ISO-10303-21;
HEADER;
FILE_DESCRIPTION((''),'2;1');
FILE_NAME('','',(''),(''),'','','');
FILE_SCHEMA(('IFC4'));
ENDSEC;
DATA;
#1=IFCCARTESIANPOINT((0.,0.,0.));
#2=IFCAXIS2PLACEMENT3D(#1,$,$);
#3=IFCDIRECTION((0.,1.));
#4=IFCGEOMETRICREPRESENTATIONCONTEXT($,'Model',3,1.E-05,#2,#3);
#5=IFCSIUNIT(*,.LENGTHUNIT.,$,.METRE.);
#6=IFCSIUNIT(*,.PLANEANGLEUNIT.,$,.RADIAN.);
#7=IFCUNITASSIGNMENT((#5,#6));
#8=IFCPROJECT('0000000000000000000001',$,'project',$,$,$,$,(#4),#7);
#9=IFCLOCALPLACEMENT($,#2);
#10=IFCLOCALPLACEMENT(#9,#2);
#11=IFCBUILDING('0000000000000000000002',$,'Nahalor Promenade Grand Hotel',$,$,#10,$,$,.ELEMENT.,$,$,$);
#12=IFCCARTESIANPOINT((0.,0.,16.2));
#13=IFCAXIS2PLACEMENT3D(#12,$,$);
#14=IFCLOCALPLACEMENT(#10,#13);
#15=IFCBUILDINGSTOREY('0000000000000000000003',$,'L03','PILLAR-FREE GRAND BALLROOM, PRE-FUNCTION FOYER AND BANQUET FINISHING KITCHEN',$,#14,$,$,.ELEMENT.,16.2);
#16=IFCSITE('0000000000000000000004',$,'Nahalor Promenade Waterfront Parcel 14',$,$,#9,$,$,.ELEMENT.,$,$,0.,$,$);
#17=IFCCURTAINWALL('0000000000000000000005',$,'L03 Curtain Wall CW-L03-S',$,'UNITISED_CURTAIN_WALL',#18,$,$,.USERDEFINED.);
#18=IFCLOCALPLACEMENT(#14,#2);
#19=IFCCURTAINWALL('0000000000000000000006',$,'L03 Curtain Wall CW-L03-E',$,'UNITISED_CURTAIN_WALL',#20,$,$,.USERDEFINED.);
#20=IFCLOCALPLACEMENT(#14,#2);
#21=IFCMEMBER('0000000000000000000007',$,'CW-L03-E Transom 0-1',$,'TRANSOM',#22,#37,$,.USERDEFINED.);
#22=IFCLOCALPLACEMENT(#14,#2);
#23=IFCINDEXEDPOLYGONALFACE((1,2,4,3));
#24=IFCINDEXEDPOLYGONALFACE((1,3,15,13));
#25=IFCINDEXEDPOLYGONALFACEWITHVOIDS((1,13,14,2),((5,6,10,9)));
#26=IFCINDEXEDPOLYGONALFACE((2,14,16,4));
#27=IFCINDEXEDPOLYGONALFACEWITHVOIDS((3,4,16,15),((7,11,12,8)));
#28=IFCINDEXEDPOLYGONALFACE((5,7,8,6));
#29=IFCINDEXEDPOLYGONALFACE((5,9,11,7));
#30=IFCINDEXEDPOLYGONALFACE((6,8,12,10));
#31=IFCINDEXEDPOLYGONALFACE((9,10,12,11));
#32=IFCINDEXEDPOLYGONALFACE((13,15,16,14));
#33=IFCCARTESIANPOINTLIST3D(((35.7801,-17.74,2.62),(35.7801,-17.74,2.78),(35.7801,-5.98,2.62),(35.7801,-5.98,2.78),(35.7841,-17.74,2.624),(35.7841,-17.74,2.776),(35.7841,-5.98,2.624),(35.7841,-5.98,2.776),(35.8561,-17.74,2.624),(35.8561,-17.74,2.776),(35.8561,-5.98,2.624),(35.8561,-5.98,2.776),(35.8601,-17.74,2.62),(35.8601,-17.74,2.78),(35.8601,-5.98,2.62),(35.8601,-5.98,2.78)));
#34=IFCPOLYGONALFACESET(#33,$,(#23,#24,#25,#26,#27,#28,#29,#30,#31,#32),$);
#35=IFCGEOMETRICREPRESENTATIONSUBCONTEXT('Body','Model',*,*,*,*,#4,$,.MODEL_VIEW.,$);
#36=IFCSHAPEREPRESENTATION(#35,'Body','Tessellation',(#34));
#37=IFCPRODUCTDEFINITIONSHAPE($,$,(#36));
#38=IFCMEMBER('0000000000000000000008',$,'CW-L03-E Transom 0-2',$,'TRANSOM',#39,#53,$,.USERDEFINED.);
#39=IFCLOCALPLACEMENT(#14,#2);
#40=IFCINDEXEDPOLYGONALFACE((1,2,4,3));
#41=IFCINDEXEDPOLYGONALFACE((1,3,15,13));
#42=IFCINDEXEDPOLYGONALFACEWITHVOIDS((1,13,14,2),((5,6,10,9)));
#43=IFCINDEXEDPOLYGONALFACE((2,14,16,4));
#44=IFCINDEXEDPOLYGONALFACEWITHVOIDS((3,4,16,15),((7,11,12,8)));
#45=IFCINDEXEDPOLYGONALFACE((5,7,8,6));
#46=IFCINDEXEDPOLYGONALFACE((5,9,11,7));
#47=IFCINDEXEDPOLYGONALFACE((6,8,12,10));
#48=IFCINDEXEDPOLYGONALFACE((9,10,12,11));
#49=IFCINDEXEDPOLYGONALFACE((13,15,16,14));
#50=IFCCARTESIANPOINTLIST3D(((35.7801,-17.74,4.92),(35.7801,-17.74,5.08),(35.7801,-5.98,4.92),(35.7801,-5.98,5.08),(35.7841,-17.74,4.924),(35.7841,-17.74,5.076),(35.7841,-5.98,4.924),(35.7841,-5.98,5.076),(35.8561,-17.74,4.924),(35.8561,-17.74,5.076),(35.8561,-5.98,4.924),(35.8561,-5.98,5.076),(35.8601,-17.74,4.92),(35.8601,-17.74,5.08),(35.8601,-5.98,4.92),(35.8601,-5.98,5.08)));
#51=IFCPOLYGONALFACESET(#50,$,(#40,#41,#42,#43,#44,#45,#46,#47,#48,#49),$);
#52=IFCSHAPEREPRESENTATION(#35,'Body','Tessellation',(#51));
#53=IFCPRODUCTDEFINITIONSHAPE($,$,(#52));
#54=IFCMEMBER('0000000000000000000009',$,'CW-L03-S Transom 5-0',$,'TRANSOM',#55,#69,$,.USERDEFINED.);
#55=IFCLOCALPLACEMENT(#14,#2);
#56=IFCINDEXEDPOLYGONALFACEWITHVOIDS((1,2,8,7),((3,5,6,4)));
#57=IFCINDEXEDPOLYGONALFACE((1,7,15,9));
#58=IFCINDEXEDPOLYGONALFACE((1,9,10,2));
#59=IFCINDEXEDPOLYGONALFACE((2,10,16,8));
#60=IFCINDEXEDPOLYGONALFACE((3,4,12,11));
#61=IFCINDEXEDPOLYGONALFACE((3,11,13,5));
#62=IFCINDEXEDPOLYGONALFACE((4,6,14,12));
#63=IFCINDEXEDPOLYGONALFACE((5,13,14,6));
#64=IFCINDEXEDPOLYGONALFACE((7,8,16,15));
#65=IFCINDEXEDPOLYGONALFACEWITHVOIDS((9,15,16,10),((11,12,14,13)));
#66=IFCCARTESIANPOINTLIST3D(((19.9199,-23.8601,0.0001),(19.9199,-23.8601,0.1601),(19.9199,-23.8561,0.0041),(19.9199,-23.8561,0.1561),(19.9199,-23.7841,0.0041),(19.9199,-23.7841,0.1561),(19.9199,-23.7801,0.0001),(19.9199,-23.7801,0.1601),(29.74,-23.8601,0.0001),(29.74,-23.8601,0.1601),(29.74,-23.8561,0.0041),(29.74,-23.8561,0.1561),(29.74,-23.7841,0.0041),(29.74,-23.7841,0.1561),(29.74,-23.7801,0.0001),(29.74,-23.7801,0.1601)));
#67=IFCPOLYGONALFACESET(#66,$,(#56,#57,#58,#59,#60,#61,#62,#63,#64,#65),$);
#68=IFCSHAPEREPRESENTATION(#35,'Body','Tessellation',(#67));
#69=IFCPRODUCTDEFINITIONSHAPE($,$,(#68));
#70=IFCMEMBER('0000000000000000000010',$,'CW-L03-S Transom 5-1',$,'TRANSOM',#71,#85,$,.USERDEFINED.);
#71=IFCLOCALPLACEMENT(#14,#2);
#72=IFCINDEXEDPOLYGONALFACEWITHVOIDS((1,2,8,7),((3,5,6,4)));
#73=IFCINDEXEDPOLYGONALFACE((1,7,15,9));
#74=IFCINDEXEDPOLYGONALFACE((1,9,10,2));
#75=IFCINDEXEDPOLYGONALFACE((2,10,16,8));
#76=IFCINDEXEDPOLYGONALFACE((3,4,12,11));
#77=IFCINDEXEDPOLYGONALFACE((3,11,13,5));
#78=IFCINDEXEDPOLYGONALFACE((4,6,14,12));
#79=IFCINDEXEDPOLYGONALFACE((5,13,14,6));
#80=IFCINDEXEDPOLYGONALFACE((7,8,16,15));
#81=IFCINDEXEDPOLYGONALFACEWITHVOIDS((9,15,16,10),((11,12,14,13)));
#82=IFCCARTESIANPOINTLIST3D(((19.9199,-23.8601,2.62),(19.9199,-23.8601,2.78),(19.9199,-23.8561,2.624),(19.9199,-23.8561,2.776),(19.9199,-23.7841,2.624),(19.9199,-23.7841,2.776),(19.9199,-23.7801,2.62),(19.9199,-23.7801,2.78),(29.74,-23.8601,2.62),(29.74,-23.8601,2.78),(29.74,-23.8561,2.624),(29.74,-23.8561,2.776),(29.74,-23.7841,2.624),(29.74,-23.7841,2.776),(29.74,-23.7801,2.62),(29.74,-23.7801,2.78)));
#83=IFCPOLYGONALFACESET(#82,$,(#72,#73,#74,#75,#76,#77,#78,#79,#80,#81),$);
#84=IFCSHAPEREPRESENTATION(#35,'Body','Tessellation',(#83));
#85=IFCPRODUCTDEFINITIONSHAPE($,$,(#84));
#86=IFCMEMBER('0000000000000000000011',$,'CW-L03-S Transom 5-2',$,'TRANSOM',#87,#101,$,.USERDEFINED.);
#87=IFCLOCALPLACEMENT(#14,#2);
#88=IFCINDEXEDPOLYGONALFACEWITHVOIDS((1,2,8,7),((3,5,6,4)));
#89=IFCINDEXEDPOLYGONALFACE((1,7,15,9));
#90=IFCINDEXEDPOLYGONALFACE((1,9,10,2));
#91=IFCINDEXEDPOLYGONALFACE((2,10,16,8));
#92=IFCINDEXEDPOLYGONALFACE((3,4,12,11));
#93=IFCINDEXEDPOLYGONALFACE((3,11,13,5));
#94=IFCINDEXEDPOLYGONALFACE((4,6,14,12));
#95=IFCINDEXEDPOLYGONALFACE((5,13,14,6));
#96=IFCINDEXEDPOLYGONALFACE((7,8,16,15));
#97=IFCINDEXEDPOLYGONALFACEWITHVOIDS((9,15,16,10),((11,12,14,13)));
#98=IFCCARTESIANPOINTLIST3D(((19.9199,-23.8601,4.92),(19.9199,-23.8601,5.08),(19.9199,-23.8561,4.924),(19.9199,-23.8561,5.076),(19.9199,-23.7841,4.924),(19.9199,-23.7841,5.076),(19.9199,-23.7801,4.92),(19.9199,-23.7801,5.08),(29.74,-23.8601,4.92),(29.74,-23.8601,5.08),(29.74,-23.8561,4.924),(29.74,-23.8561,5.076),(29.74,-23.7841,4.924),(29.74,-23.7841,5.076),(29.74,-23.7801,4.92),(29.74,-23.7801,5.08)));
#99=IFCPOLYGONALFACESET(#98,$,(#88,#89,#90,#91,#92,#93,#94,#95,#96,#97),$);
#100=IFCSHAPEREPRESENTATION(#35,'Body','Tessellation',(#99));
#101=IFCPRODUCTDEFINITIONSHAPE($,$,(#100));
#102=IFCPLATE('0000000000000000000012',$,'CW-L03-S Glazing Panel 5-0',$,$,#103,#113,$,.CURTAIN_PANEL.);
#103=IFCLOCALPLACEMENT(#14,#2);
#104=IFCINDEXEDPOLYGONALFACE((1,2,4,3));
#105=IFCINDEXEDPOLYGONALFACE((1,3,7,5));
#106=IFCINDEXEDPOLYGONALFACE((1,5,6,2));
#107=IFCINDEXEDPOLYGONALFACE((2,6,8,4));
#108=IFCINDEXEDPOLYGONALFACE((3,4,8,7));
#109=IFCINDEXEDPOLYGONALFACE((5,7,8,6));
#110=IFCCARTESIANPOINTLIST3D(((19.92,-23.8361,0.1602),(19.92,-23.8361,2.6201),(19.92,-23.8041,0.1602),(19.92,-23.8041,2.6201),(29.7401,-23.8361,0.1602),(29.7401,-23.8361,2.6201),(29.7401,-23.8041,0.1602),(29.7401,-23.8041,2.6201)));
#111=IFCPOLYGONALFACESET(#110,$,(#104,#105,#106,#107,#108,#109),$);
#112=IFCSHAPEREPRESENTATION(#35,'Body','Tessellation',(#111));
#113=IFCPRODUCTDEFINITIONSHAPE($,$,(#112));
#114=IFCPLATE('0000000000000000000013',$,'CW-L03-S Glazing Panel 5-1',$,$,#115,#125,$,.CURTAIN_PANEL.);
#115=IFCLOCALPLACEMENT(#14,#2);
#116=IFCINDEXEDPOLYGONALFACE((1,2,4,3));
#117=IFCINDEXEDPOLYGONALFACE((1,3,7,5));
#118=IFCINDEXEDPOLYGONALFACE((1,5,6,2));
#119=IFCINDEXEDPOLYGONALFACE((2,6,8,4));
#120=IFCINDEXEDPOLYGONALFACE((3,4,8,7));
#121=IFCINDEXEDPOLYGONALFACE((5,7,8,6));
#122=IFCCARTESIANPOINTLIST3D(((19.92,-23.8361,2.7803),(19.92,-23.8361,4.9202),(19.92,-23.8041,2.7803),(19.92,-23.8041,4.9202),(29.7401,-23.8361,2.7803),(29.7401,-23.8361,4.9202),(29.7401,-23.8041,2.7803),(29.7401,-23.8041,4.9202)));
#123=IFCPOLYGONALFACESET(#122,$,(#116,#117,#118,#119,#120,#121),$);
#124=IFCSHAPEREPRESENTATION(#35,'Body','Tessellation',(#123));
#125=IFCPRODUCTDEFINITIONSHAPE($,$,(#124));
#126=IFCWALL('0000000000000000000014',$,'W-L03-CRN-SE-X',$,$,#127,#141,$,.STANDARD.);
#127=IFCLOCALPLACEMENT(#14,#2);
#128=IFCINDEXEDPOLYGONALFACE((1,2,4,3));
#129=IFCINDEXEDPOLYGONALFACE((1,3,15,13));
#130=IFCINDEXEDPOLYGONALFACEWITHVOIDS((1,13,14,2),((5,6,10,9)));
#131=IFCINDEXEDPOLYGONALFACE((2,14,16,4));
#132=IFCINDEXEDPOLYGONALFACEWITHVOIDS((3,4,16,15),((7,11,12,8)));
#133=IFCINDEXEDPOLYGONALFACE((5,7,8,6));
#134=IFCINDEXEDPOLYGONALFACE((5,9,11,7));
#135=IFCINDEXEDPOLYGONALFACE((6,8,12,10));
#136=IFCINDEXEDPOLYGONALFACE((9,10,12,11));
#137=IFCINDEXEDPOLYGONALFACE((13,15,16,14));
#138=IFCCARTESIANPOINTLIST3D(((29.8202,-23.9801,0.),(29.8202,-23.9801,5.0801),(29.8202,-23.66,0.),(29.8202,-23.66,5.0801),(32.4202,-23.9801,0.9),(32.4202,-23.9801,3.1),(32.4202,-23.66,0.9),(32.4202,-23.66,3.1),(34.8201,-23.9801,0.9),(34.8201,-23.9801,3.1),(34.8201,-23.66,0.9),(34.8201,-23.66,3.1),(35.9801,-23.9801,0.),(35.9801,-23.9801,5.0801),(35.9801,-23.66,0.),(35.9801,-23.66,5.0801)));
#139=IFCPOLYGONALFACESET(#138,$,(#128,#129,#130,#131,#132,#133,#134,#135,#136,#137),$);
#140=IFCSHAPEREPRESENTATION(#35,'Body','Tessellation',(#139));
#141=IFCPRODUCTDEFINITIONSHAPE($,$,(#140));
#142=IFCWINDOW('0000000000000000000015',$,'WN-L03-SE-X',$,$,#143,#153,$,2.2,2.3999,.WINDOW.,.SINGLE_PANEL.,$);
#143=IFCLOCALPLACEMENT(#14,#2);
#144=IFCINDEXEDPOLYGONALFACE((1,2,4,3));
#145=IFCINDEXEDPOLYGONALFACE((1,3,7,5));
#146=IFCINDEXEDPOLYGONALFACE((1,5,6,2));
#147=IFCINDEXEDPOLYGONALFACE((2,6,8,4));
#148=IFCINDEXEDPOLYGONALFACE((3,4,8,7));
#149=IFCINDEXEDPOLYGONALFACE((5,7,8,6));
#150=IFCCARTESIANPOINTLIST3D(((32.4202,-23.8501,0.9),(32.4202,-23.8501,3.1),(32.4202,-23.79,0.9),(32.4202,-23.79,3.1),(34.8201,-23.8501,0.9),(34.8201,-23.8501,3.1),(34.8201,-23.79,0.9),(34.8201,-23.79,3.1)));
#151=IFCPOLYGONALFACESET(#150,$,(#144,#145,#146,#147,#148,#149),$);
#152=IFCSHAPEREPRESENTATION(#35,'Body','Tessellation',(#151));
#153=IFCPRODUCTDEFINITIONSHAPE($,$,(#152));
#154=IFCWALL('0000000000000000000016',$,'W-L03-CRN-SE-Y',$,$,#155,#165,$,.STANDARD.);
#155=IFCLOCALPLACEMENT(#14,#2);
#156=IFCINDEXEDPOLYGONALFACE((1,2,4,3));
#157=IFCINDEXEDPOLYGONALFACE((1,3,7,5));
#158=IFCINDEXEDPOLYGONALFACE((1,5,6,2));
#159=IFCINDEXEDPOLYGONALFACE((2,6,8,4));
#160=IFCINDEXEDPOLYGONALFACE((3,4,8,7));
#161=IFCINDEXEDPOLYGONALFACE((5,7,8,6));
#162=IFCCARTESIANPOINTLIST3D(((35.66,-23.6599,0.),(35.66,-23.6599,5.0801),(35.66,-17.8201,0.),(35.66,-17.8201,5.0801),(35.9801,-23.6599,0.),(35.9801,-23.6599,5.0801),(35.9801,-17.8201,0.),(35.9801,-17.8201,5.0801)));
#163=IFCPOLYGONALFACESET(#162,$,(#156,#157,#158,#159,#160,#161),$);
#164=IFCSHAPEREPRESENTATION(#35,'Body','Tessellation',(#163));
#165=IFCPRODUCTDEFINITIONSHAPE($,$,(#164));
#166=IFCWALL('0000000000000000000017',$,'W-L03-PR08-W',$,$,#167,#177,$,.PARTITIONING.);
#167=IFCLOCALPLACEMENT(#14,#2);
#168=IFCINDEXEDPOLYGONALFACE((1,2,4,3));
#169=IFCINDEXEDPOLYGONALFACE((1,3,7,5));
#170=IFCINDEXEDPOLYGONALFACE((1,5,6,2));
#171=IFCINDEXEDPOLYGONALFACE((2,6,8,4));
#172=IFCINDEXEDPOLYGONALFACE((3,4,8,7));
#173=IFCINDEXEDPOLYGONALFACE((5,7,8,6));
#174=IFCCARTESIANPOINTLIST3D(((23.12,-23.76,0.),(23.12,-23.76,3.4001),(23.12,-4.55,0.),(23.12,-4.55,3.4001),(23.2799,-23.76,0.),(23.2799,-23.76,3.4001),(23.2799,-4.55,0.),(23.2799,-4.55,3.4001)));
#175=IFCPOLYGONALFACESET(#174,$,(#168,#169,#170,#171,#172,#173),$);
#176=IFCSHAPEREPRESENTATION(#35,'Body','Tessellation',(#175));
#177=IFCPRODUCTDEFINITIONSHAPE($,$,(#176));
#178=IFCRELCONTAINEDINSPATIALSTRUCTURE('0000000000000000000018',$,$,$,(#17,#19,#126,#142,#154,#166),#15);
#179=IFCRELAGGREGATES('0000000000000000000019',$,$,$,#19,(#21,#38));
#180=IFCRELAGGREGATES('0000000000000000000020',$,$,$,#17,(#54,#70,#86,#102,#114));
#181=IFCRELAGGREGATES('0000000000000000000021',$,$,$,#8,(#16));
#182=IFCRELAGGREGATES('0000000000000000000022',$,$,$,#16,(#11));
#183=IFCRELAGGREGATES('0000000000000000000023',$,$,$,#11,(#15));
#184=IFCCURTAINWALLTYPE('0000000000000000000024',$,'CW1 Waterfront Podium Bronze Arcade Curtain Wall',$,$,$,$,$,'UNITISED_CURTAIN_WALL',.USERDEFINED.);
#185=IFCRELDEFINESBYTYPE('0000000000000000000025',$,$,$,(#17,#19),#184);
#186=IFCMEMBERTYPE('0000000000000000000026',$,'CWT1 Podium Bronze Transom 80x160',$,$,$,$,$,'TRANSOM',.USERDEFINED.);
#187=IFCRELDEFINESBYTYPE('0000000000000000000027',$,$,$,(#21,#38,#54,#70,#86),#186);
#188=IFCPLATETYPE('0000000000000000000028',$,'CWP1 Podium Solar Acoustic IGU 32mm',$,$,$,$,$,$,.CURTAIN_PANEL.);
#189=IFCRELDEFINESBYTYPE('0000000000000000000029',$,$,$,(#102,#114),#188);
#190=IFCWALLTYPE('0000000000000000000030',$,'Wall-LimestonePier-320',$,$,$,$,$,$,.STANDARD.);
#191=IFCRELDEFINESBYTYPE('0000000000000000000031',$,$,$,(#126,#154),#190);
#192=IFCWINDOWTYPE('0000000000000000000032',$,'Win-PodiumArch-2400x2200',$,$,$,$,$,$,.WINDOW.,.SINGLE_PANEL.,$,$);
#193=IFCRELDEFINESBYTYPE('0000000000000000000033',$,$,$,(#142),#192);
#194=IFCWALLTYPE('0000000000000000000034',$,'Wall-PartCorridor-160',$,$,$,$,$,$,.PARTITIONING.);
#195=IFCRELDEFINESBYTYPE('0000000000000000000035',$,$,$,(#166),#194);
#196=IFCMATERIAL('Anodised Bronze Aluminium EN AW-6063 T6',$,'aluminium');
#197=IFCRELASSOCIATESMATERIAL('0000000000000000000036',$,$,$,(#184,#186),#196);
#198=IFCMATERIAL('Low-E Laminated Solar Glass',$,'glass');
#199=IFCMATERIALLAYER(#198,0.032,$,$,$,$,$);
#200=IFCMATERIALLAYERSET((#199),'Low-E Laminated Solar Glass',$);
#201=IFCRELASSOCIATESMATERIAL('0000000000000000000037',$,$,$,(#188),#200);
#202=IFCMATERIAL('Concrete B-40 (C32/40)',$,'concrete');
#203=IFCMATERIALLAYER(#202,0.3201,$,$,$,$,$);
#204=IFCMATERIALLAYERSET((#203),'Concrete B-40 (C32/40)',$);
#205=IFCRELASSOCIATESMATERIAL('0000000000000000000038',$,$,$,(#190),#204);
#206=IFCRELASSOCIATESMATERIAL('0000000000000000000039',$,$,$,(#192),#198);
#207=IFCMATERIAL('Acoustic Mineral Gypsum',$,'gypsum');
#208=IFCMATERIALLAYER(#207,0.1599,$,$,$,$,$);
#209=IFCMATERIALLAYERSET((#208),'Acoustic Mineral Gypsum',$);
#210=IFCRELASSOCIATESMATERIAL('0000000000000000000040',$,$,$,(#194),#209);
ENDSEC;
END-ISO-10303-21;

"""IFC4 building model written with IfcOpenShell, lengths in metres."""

from ifc_helpers import new_model, si_unit, direction, frame, frame_2d, origin, origin_2d, place, context, subcontext, project, spatial, rectangle, hollow_rectangle, extrude, source, transform, mapped, material, layer, layer_set, material_profile, profile_set, type_object, element, fill, aggregate, save


model = new_model("IFC4")

# Units and contexts
model_context = context("Model", 3, precision=1e-05, world=origin(), true_north=direction((0.0, 1.0)))
body_context = subcontext(model_context, "Body", "Model", "MODEL_VIEW")
ifc_project = project(units=[si_unit("LENGTHUNIT", "METRE"), si_unit("PLANEANGLEUNIT", "RADIAN")], contexts=[model_context])

# Site, building, storey
site_placement = place(None, origin())
site = spatial("IfcSite", under=ifc_project, at=site_placement, Name="Nahalor Promenade Waterfront Parcel 14", CompositionType="ELEMENT", RefElevation=0.0)
building_placement = place(site_placement, origin())
building = spatial("IfcBuilding", under=site, at=building_placement, Name="Nahalor Promenade Grand Hotel", CompositionType="ELEMENT")
storey_placement = place(building_placement, frame((0.0, 0.0, 16.2)))
storey = spatial("IfcBuildingStorey", under=building, at=storey_placement, Name="L03", Description="PILLAR-FREE GRAND BALLROOM, PRE-FUNCTION FOYER AND BANQUET FINISHING KITCHEN", CompositionType="ELEMENT", Elevation=16.2)

# Curtain walls, members
ifc_material_1 = material(Name="Anodised Bronze Aluminium EN AW-6063 T6", Category="aluminium")
curtain_wall_type = type_object("IfcCurtainWallType", Name="CW1 Waterfront Podium Bronze Arcade Curtain Wall", ElementType="UNITISED_CURTAIN_WALL", PredefinedType="USERDEFINED", material=ifc_material_1)
curtain_wall_1_placement = place(storey_placement, origin())
curtain_wall_1 = element("IfcCurtainWall", 1, at=curtain_wall_1_placement, inside=storey, type_object=curtain_wall_type, Name="L03 Curtain Wall CW-L03-S", ObjectType="UNITISED_CURTAIN_WALL", PredefinedType="USERDEFINED")
curtain_wall_2_placement = place(storey_placement, origin())
curtain_wall_2 = element("IfcCurtainWall", 2, at=curtain_wall_2_placement, inside=storey, type_object=curtain_wall_type, Name="L03 Curtain Wall CW-L03-E", ObjectType="UNITISED_CURTAIN_WALL", PredefinedType="USERDEFINED")
ifc_material_profile_1 = material_profile(ifc_material_1, hollow_rectangle(XDim=0.08, YDim=0.16, WallThickness=0.004, at=origin_2d()), Name="CWT 80x160x4")
ifc_profile_set_1 = profile_set([ifc_material_profile_1], Name="Anodised Bronze Aluminium EN AW-6063 T6")
member_type_1 = type_object("IfcMemberType", Name="CWT1 Podium Bronze Transom 80x160", ElementType="TRANSOM", PredefinedType="USERDEFINED", material=ifc_profile_set_1)
shared_shape_1 = source(origin(), body_context, "Body", "SweptSolid", [
    extrude(hollow_rectangle(XDim=0.08, YDim=0.16, WallThickness=0.004, at=origin_2d()), origin(), (0.0, 0.0, 1.0), 11.76),
])
member_1_placement = place(storey_placement, frame((35.8201, -17.74, 2.7), z_axis=(0.0, 1.0, 0.0), x_axis=(-1.0, 0.0, 0.0)))
member_1 = element("IfcMember", 3, at=member_1_placement, type_object=member_type_1, Name="CW-L03-E Transom 0-1", ObjectType="TRANSOM", PredefinedType="USERDEFINED", context=body_context, shape_type="MappedRepresentation", body=[
    mapped(shared_shape_1, transform((0.0, 0.0, 0.0), scale=1.0)),
])
member_2_placement = place(storey_placement, frame((35.8201, -17.74, 5.0), z_axis=(0.0, 1.0, 0.0), x_axis=(-1.0, 0.0, 0.0)))
member_2 = element("IfcMember", 4, at=member_2_placement, type_object=member_type_1, Name="CW-L03-E Transom 0-2", ObjectType="TRANSOM", PredefinedType="USERDEFINED", context=body_context, shape_type="MappedRepresentation", body=[
    mapped(shared_shape_1, transform((0.0, 0.0, 0.0), scale=1.0)),
])
aggregate(curtain_wall_2, [member_1, member_2])

# Members
shared_shape_2 = source(origin(), body_context, "Body", "SweptSolid", [
    extrude(hollow_rectangle(XDim=0.08, YDim=0.16, WallThickness=0.004, at=origin_2d()), origin(), (0.0, 0.0, 1.0), 9.8201),
])
member_3_placement = place(storey_placement, frame((19.9199, -23.8201, 0.0801), z_axis=(1.0, 0.0, 0.0), x_axis=(0.0, 1.0, 0.0)))
member_3 = element("IfcMember", 5, at=member_3_placement, type_object=member_type_1, Name="CW-L03-S Transom 5-0", ObjectType="TRANSOM", PredefinedType="USERDEFINED", context=body_context, shape_type="MappedRepresentation", body=[
    mapped(shared_shape_2, transform((0.0, 0.0, 0.0), scale=1.0)),
])
member_4_placement = place(storey_placement, frame((19.9199, -23.8201, 2.7), z_axis=(1.0, 0.0, 0.0), x_axis=(0.0, 1.0, 0.0)))
member_4 = element("IfcMember", 6, at=member_4_placement, type_object=member_type_1, Name="CW-L03-S Transom 5-1", ObjectType="TRANSOM", PredefinedType="USERDEFINED", context=body_context, shape_type="MappedRepresentation", body=[
    mapped(shared_shape_2, transform((0.0, 0.0, 0.0), scale=1.0)),
])
member_5_placement = place(storey_placement, frame((19.9199, -23.8201, 5.0), z_axis=(1.0, 0.0, 0.0), x_axis=(0.0, 1.0, 0.0)))
member_5 = element("IfcMember", 7, at=member_5_placement, type_object=member_type_1, Name="CW-L03-S Transom 5-2", ObjectType="TRANSOM", PredefinedType="USERDEFINED", context=body_context, shape_type="MappedRepresentation", body=[
    mapped(shared_shape_2, transform((0.0, 0.0, 0.0), scale=1.0)),
])

# Plates
ifc_material_2 = material(Name="Low-E Laminated Solar Glass", Category="glass")
ifc_layer_1 = layer(ifc_material_2, 0.032)
ifc_layer_set_1 = layer_set([ifc_layer_1], Name="Low-E Laminated Solar Glass")
plate_type = type_object("IfcPlateType", Name="CWP1 Podium Solar Acoustic IGU 32mm", PredefinedType="CURTAIN_PANEL", material=ifc_layer_set_1)
shared_shape_3 = source(origin(), body_context, "Body", "SweptSolid", [
    extrude(rectangle(XDim=9.8201, YDim=0.032, at=origin_2d()), origin(), (0.0, 0.0, 1.0), 2.46),
])
plate_1_placement = place(storey_placement, frame((24.8301, -23.8201, 0.1602), z_axis=(0.0, 0.0, 1.0), x_axis=(1.0, 0.0, 0.0)))
plate_1 = element("IfcPlate", 8, at=plate_1_placement, type_object=plate_type, Name="CW-L03-S Glazing Panel 5-0", PredefinedType="CURTAIN_PANEL", context=body_context, shape_type="MappedRepresentation", body=[
    mapped(shared_shape_3, transform((0.0, 0.0, 0.0), scale=1.0)),
])
shared_shape_4 = source(origin(), body_context, "Body", "SweptSolid", [
    extrude(rectangle(XDim=9.8201, YDim=0.032, at=origin_2d()), origin(), (0.0, 0.0, 1.0), 2.1399),
])
plate_2_placement = place(storey_placement, frame((24.8301, -23.8201, 2.7803), z_axis=(0.0, 0.0, 1.0), x_axis=(1.0, 0.0, 0.0)))
plate_2 = element("IfcPlate", 9, at=plate_2_placement, type_object=plate_type, Name="CW-L03-S Glazing Panel 5-1", PredefinedType="CURTAIN_PANEL", context=body_context, shape_type="MappedRepresentation", body=[
    mapped(shared_shape_4, transform((0.0, 0.0, 0.0), scale=1.0)),
])
aggregate(curtain_wall_1, [member_3, member_4, member_5, plate_1, plate_2])

# Wall, opening, window
ifc_material_3 = material(Name="Concrete B-40 (C32/40)", Category="concrete")
ifc_layer_2 = layer(ifc_material_3, 0.3201)
ifc_layer_set_2 = layer_set([ifc_layer_2], Name="Concrete B-40 (C32/40)")
wall_type_1 = type_object("IfcWallType", Name="Wall-LimestonePier-320", PredefinedType="STANDARD", material=ifc_layer_set_2)
shared_shape_5 = source(origin(), body_context, "Body", "SweptSolid", [
    extrude(rectangle(XDim=6.1599, YDim=0.3201, at=frame_2d((3.0801, 0.0))), origin(), (0.0, 0.0, 1.0), 5.0801),
])
wall_1_placement = place(storey_placement, frame((29.8201, -23.8201, 0.0), z_axis=(0.0, 0.0, 1.0), x_axis=(1.0, 0.0, 0.0)))
wall_1 = element("IfcWall", 10, at=wall_1_placement, inside=storey, type_object=wall_type_1, Name="W-L03-CRN-SE-X", PredefinedType="STANDARD", context=body_context, shape_type="MappedRepresentation", body=[
    mapped(shared_shape_5, transform((0.0, 0.0, 0.0), scale=1.0)),
])
opening_placement = place(wall_1_placement, frame((2.6001, 0.0, 0.8999)))
opening = element("IfcOpeningElement", 11, at=opening_placement, cuts=wall_1, PredefinedType="OPENING", context=body_context, shape_type="SweptSolid", body=[
    extrude(rectangle(XDim=2.3999, YDim=2.2, at=frame_2d((1.2, 1.1001))), frame((0.0, 0.1699, 0.0), z_axis=(0.0, -1.0, 0.0), x_axis=(1.0, 0.0, 0.0)), (0.0, 0.0, 1.0), 0.3401),
])
window_type = type_object("IfcWindowType", Name="Win-PodiumArch-2400x2200", PartitioningType="SINGLE_PANEL", PredefinedType="WINDOW", material=ifc_material_2)
shared_shape_6 = source(origin(), body_context, "Body", "SweptSolid", [
    extrude(rectangle(XDim=2.3999, YDim=2.2, at=frame_2d((1.2, 1.1001))), frame((0.0, 0.03, 0.0), z_axis=(0.0, -1.0, 0.0), x_axis=(1.0, 0.0, 0.0)), (0.0, 0.0, 1.0), 0.0601),
])
window_placement = place(opening_placement, origin())
window = element("IfcWindow", 12, at=window_placement, inside=storey, type_object=window_type, Name="WN-L03-SE-X", OverallHeight=2.2, OverallWidth=2.3999, PartitioningType="SINGLE_PANEL", PredefinedType="WINDOW", context=body_context, shape_type="MappedRepresentation", body=[
    mapped(shared_shape_6, transform((0.0, 0.0, 0.0), scale=1.0)),
])
fill(opening, window)

# Walls
shared_shape_7 = source(origin(), body_context, "Body", "SweptSolid", [
    extrude(rectangle(XDim=5.8398, YDim=0.3201, at=frame_2d((2.9199, 0.0))), origin(), (0.0, 0.0, 1.0), 5.0801),
])
wall_2_placement = place(storey_placement, frame((35.8201, -23.6599, 0.0), z_axis=(0.0, 0.0, 1.0), x_axis=(0.0, 1.0, 0.0)))
element("IfcWall", 13, at=wall_2_placement, inside=storey, type_object=wall_type_1, Name="W-L03-CRN-SE-Y", PredefinedType="STANDARD", context=body_context, shape_type="MappedRepresentation", body=[
    mapped(shared_shape_7, transform((0.0, 0.0, 0.0), scale=1.0)),
])
ifc_material_4 = material(Name="Acoustic Mineral Gypsum", Category="gypsum")
ifc_layer_3 = layer(ifc_material_4, 0.1599)
ifc_layer_set_3 = layer_set([ifc_layer_3], Name="Acoustic Mineral Gypsum")
wall_type_2 = type_object("IfcWallType", Name="Wall-PartCorridor-160", PredefinedType="PARTITIONING", material=ifc_layer_set_3)
shared_shape_8 = source(origin(), body_context, "Body", "SweptSolid", [
    extrude(rectangle(XDim=19.21, YDim=0.1599, at=frame_2d((9.605, 0.0))), origin(), (0.0, 0.0, 1.0), 3.4001),
])
for number, where, z_axis, x_axis, name in (
    (14, (23.2, -23.76, 0.0), (0.0, 0.0, 1.0), (0.0, 1.0, 0.0), "W-L03-PR08-W"),
):
    element("IfcWall", number, at=place(storey_placement, frame(where, z_axis=z_axis, x_axis=x_axis)), inside=storey, type_object=wall_type_2, Name=name, PredefinedType="PARTITIONING", context=body_context, shape_type="MappedRepresentation", body=[
        mapped(shared_shape_8, transform((0.0, 0.0, 0.0), scale=1.0)),
    ])

save(model, "model.ifc")
